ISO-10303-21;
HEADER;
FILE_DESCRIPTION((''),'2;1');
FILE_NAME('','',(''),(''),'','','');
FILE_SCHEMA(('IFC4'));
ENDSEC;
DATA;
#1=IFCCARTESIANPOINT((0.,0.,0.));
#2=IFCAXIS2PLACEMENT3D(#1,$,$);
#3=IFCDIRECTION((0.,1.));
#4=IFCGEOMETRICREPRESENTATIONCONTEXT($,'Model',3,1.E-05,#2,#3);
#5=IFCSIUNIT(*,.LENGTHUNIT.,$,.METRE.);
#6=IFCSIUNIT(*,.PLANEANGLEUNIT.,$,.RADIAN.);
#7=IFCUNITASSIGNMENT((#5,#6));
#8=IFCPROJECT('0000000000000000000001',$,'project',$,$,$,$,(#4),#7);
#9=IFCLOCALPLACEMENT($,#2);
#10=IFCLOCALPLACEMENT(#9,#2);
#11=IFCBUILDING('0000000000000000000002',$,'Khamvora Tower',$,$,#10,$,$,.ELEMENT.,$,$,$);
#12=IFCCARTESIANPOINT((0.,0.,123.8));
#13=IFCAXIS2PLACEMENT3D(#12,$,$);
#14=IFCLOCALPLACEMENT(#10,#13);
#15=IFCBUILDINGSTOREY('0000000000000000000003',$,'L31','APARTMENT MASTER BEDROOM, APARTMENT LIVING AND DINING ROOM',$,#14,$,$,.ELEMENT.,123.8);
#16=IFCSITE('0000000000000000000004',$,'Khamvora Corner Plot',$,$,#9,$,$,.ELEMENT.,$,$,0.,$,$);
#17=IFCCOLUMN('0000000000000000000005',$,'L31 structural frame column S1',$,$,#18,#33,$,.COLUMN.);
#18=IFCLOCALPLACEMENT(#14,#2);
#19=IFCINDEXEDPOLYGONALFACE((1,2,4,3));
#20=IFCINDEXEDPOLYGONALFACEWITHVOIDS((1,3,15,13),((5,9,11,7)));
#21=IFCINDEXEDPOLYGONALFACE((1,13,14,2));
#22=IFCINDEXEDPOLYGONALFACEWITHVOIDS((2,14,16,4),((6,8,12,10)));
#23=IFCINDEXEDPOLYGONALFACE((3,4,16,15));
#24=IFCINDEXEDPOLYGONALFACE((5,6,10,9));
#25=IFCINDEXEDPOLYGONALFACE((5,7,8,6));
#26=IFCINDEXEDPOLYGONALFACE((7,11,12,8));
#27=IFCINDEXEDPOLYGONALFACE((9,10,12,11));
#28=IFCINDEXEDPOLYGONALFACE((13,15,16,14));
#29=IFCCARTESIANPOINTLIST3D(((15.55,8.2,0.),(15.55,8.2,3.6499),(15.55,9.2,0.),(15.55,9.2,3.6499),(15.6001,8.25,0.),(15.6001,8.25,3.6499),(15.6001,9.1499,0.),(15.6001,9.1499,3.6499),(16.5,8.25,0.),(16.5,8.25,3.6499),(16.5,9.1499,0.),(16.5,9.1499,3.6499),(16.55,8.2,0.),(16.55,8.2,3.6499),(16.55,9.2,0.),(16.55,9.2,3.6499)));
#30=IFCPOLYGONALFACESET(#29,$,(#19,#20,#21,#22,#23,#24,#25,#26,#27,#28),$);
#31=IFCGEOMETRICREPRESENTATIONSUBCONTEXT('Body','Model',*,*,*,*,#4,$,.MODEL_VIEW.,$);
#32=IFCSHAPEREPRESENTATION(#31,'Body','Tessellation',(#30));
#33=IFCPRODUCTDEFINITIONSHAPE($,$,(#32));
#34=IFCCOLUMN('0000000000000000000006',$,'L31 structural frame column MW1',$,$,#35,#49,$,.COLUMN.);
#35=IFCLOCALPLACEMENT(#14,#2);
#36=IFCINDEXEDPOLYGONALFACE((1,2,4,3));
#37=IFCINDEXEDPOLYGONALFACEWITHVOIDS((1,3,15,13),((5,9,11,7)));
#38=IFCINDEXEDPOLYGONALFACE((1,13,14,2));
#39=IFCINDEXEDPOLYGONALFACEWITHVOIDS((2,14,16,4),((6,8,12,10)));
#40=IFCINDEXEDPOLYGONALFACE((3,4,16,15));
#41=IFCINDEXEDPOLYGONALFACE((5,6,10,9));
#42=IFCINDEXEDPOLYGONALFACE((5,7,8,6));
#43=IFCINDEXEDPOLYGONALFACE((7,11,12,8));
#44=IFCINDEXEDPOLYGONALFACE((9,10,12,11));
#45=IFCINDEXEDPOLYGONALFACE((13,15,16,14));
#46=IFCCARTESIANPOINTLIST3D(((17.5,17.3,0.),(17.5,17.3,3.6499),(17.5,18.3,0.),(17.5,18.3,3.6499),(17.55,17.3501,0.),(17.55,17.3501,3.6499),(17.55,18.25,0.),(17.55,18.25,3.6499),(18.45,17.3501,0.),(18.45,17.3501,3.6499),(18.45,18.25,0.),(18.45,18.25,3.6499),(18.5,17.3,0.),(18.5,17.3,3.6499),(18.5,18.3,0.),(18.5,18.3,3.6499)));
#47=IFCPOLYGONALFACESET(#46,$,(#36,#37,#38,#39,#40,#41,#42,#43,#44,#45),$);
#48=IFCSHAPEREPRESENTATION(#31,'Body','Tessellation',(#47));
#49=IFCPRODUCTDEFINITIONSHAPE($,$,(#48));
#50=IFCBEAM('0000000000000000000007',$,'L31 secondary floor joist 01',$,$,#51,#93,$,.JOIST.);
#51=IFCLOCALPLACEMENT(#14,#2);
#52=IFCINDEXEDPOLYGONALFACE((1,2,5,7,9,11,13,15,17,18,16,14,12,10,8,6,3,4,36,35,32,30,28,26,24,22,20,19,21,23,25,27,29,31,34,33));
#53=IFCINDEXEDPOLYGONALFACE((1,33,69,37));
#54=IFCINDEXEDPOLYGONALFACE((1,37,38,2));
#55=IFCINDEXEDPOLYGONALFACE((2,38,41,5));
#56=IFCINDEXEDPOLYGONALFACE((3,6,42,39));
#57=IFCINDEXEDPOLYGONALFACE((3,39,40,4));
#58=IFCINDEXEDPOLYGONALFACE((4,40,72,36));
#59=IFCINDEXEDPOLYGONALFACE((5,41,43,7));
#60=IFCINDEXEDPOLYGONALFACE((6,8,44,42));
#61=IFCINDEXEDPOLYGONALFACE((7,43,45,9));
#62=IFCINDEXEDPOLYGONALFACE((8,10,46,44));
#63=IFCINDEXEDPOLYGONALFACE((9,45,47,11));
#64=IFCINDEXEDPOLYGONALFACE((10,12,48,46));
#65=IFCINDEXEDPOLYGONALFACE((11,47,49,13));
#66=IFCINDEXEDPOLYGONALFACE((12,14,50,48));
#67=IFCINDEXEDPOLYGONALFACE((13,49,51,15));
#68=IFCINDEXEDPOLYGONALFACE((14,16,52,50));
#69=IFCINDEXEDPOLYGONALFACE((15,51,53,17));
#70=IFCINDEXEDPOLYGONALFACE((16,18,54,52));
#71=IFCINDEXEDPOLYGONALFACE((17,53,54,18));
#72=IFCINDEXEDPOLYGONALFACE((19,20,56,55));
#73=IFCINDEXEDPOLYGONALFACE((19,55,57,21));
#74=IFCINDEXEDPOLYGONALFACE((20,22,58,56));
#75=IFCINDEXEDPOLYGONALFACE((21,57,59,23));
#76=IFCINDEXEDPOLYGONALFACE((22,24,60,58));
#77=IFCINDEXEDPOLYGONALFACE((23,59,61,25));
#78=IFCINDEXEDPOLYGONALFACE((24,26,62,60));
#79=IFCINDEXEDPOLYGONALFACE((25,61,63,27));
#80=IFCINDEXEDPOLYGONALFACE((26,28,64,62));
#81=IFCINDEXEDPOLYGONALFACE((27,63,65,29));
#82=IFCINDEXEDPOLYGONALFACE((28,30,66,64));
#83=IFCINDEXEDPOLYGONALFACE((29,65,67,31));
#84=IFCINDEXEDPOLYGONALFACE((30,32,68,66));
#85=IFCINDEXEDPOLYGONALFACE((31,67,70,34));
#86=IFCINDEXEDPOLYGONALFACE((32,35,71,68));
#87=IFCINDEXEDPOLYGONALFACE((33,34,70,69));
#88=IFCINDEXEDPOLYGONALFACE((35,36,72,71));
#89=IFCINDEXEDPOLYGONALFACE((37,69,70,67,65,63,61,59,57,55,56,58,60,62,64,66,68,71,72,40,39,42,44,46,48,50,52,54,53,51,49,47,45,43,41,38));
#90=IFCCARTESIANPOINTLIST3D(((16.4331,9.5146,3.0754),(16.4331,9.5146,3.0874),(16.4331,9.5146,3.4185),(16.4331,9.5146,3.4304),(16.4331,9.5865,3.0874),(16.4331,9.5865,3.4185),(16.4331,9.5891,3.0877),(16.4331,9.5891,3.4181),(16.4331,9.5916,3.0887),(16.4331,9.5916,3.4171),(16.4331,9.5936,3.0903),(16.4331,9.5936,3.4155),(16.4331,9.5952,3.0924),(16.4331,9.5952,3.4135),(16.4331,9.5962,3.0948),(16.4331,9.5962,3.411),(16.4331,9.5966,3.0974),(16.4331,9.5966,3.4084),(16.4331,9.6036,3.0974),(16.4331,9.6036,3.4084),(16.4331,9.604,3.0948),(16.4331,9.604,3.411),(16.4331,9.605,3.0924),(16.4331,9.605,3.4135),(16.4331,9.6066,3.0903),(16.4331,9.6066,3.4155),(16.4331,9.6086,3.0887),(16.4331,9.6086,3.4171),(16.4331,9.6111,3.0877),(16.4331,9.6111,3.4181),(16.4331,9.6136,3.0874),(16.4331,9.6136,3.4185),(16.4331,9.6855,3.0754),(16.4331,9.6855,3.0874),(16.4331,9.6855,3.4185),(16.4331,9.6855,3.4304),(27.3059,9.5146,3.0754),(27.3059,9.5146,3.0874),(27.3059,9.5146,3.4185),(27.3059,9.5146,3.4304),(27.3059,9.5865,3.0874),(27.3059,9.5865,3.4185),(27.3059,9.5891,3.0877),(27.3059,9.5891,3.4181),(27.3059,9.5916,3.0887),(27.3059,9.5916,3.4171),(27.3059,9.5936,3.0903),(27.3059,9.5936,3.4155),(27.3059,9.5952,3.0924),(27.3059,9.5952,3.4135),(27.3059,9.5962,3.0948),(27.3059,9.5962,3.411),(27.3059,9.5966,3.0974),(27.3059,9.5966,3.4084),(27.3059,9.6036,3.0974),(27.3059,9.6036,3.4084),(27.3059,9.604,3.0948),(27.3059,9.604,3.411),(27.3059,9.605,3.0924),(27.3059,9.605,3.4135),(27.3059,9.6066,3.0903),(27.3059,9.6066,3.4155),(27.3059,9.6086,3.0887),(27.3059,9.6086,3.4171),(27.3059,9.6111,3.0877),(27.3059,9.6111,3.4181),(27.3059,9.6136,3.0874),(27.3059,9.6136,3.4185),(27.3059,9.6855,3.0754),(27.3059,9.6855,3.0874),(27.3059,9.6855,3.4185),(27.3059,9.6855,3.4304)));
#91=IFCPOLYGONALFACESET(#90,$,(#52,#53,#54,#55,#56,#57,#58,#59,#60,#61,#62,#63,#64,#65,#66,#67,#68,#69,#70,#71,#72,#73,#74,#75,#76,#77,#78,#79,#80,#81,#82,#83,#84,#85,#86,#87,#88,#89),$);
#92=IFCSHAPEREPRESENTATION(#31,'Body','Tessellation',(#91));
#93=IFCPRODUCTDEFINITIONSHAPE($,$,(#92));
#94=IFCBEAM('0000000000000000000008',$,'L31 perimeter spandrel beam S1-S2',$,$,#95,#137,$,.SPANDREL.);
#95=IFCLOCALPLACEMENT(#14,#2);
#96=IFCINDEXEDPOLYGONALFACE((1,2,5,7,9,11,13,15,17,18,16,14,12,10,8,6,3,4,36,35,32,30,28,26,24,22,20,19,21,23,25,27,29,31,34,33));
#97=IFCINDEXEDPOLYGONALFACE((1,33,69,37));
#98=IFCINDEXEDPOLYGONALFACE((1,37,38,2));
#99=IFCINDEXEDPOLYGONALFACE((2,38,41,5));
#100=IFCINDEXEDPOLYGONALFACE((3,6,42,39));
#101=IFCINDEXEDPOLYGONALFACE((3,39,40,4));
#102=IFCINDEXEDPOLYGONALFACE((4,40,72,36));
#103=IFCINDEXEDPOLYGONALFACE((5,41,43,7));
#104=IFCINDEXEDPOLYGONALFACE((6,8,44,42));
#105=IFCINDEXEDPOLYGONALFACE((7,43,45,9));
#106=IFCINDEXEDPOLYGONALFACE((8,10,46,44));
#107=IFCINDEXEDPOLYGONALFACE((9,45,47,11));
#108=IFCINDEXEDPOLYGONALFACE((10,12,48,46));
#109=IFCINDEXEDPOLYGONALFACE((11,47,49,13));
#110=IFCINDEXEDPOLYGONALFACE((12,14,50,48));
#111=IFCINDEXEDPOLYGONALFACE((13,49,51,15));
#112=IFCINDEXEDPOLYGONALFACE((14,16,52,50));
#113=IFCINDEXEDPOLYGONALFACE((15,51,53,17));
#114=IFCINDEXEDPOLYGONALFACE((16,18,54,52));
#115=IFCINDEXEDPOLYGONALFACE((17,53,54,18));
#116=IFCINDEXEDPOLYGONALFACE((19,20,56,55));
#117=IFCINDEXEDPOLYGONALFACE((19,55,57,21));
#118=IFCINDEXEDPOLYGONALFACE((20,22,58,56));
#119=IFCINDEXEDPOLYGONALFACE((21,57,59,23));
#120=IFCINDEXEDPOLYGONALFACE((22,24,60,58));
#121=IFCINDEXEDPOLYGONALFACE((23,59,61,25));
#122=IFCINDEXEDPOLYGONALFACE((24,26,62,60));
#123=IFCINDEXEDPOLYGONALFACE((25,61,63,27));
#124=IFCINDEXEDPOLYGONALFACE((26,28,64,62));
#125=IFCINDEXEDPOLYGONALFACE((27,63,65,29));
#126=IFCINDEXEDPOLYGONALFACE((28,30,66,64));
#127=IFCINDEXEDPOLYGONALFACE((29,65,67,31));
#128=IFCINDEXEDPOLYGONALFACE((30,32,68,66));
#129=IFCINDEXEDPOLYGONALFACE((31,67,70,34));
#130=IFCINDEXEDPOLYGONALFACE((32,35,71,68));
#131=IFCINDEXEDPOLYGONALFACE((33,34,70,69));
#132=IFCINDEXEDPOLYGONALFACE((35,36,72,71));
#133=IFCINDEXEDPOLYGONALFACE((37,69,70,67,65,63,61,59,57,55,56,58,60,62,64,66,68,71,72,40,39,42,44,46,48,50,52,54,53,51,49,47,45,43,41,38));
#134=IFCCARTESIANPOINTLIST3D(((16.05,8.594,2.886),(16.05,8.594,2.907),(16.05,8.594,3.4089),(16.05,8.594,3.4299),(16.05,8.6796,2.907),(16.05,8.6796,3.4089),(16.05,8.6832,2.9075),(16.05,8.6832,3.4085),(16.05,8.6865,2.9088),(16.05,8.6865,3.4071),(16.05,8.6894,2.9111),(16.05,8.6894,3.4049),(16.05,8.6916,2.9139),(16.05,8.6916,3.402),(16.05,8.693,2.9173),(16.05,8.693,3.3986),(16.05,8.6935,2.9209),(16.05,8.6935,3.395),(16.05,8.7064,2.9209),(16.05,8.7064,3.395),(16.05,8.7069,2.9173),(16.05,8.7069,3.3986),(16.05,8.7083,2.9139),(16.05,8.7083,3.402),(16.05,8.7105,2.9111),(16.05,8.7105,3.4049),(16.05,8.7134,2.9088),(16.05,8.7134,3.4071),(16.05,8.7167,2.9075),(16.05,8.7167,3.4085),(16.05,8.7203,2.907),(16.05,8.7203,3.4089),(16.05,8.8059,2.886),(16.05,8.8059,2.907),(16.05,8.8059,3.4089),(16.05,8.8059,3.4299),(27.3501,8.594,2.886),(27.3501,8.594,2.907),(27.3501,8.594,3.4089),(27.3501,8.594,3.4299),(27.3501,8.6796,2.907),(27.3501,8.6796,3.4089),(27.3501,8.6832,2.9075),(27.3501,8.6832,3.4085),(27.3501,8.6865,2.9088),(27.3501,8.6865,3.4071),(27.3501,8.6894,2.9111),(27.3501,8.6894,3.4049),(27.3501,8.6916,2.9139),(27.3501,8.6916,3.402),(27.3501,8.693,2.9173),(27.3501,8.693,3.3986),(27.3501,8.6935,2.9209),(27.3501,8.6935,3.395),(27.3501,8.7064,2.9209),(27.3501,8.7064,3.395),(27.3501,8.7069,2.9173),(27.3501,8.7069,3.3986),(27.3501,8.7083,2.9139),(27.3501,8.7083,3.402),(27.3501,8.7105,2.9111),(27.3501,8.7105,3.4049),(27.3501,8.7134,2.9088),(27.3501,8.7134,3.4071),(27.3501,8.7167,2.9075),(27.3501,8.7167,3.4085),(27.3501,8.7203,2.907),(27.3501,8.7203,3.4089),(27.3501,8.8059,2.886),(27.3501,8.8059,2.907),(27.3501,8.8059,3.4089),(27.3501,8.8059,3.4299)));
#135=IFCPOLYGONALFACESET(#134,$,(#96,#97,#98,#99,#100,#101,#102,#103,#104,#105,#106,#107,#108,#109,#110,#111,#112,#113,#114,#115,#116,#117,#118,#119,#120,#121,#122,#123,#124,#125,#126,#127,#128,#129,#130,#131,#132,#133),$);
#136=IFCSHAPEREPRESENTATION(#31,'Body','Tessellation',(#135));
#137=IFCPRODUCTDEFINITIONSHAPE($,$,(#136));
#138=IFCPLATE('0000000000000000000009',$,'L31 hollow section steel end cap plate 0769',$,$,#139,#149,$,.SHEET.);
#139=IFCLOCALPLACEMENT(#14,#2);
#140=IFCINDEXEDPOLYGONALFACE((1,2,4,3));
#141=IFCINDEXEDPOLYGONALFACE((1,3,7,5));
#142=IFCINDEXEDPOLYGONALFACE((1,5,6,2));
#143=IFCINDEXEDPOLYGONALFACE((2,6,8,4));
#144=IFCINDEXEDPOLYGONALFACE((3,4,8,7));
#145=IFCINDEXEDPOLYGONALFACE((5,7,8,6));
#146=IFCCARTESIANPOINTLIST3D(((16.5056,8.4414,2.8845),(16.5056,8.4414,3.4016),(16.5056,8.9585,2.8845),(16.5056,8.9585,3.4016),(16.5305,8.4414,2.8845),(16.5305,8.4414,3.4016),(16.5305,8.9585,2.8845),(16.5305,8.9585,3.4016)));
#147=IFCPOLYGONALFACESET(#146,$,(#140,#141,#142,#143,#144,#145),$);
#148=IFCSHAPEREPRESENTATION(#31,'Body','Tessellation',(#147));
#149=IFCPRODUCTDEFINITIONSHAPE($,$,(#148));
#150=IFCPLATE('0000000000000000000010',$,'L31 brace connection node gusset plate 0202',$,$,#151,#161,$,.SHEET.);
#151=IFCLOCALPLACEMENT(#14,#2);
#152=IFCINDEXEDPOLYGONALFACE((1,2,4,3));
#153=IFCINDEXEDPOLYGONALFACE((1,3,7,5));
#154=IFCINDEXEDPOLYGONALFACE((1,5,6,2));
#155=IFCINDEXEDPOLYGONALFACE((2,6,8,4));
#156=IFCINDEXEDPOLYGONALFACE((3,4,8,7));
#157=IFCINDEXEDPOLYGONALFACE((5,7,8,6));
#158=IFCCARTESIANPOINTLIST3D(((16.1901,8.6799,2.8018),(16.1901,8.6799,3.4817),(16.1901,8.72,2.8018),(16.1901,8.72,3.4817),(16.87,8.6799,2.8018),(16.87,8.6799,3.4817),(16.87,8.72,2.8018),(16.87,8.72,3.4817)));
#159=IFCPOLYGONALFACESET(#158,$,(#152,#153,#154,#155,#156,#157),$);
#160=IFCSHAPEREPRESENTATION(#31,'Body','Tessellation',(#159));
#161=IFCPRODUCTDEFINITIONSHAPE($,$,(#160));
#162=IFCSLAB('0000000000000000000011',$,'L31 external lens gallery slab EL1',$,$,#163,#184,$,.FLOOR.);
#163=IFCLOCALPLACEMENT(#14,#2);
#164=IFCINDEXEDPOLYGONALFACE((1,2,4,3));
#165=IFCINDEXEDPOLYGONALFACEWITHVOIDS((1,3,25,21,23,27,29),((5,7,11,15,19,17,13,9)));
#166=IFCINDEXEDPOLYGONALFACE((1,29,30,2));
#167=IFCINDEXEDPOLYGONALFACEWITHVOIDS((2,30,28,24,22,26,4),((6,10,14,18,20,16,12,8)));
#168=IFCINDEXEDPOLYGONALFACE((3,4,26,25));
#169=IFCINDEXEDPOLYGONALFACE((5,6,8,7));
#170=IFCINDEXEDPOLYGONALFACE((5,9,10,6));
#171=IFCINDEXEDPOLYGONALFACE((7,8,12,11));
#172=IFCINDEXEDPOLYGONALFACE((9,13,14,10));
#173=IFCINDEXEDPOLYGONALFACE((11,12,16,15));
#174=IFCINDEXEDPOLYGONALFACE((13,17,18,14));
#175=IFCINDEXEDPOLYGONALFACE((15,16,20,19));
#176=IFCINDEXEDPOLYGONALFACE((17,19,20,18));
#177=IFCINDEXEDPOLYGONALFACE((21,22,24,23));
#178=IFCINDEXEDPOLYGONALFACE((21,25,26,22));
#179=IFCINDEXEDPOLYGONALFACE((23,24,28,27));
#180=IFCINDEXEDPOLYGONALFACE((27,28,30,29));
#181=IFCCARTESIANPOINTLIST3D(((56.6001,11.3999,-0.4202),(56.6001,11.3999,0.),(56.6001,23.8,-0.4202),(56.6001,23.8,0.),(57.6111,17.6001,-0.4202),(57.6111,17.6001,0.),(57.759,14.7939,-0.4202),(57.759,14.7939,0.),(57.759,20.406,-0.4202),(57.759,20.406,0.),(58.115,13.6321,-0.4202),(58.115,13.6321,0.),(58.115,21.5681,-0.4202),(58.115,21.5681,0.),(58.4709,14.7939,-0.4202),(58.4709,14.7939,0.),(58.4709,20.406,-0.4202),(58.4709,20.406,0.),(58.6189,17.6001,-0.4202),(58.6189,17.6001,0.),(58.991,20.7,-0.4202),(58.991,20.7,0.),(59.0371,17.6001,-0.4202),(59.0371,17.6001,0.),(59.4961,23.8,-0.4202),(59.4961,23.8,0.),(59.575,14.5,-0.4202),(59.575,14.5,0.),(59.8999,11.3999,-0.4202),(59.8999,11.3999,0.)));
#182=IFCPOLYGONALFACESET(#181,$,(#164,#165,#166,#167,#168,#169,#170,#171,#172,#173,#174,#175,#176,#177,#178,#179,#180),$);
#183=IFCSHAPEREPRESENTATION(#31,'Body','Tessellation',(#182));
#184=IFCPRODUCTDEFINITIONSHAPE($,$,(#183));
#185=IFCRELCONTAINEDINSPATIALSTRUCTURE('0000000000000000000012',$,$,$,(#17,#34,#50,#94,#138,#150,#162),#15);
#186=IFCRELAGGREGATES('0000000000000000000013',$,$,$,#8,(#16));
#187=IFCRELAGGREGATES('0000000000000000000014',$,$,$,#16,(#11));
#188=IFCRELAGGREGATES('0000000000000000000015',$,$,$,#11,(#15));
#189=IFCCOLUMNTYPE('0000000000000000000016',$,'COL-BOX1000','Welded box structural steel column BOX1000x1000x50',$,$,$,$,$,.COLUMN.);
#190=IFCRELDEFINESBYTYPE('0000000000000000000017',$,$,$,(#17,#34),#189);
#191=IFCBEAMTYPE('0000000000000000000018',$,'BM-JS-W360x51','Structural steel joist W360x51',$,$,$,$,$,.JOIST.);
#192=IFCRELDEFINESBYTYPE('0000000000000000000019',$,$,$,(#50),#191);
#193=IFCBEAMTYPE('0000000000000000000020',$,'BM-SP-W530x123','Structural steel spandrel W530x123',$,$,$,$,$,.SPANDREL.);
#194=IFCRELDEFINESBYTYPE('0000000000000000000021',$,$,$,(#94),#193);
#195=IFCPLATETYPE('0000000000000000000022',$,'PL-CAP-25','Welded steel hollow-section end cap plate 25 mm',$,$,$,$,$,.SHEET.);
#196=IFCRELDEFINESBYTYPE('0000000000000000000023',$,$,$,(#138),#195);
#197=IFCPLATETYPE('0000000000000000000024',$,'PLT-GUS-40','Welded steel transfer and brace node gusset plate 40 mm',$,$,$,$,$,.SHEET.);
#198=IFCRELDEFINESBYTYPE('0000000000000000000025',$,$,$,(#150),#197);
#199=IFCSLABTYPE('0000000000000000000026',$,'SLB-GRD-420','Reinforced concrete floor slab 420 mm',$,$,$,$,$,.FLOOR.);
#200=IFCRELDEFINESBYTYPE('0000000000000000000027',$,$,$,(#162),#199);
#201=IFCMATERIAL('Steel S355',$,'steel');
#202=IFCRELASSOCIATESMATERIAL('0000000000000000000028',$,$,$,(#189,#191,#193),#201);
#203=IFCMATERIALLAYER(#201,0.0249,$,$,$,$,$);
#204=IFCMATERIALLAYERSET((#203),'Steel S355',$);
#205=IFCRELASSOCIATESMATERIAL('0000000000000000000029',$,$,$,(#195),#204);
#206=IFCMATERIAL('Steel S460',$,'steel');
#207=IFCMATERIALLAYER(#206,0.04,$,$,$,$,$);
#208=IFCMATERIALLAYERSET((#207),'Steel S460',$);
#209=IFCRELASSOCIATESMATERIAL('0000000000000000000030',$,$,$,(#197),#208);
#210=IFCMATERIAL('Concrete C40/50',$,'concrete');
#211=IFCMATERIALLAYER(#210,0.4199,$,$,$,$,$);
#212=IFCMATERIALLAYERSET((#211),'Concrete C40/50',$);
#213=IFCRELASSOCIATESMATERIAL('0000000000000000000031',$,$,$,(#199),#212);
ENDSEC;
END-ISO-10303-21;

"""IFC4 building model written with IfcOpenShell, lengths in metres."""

from ifc_helpers import new_model, si_unit, direction, frame, origin, origin_2d, place, context, subcontext, project, spatial, polyline, rectangle, hollow_rectangle, i_section, outline, extrude, material, layer, layer_set, material_profile, profile_set, type_object, element, save


model = new_model("IFC4")

# Units and contexts
model_context = context("Model", 3, precision=1e-05, world=origin(), true_north=direction((0.0, 1.0)))
body_context = subcontext(model_context, "Body", "Model", "MODEL_VIEW")
ifc_project = project(units=[si_unit("LENGTHUNIT", "METRE"), si_unit("PLANEANGLEUNIT", "RADIAN")], contexts=[model_context])

# Site, building, storey
site_placement = place(None, origin())
site = spatial("IfcSite", under=ifc_project, at=site_placement, Name="Khamvora Corner Plot", CompositionType="ELEMENT", RefElevation=0.0)
building_placement = place(site_placement, origin())
building = spatial("IfcBuilding", under=site, at=building_placement, Name="Khamvora Tower", CompositionType="ELEMENT")
storey_placement = place(building_placement, frame((0.0, 0.0, 123.8)))
storey = spatial("IfcBuildingStorey", under=building, at=storey_placement, Name="L31", Description="APARTMENT MASTER BEDROOM, APARTMENT LIVING AND DINING ROOM", CompositionType="ELEMENT", Elevation=123.8)

# Columns
ifc_material_1 = material(Name="Steel S355", Category="steel")
ifc_material_profile_1 = material_profile(ifc_material_1, hollow_rectangle(XDim=1.0, YDim=1.0, WallThickness=0.05, at=origin_2d()), Name="BOX1000x1000x50")
ifc_profile_set_1 = profile_set([ifc_material_profile_1], Name="Steel S355")
column_type = type_object("IfcColumnType", Name="COL-BOX1000", Description="Welded box structural steel column BOX1000x1000x50", PredefinedType="COLUMN", material=ifc_profile_set_1)
for number, where, z_axis, x_axis, name in (
    (1, (16.05, 8.7, 0.0), (0.0, 0.0, 1.0), (1.0, 0.0, 0.0), "L31 structural frame column S1"),
    (2, (18.0, 17.8, 0.0), (0.0, 0.0, 1.0), (1.0, 0.0, 0.0), "L31 structural frame column MW1"),
):
    element("IfcColumn", number, at=place(storey_placement, frame(where, z_axis=z_axis, x_axis=x_axis)), inside=storey, type_object=column_type, Name=name, PredefinedType="COLUMN", context=body_context, shape_type="SweptSolid", body=[
        extrude(hollow_rectangle(XDim=1.0, YDim=1.0, WallThickness=0.05, at=origin_2d()), origin(), (0.0, 0.0, 1.0), 3.6499),
    ])

# Beams
ifc_material_profile_2 = material_profile(ifc_material_1, i_section(OverallWidth=0.1709, OverallDepth=0.355, WebThickness=0.0071, FlangeThickness=0.012, FilletRadius=0.01, at=origin_2d()), Name="W360x51")
ifc_profile_set_2 = profile_set([ifc_material_profile_2], Name="Steel S355")
beam_type_1 = type_object("IfcBeamType", Name="BM-JS-W360x51", Description="Structural steel joist W360x51", PredefinedType="JOIST", material=ifc_profile_set_2)
beam_1_placement = place(storey_placement, frame((16.4331, 9.6001, 3.2529), z_axis=(1.0, 0.0, 0.0), x_axis=(0.0, 1.0, 0.0)))
element("IfcBeam", 3, at=beam_1_placement, inside=storey, type_object=beam_type_1, Name="L31 secondary floor joist 01", PredefinedType="JOIST", context=body_context, shape_type="SweptSolid", body=[
    extrude(i_section(OverallWidth=0.1709, OverallDepth=0.355, WebThickness=0.0071, FlangeThickness=0.012, FilletRadius=0.01, at=origin_2d()), origin(), (0.0, 0.0, 1.0), 10.8728),
])
ifc_material_profile_3 = material_profile(ifc_material_1, i_section(OverallWidth=0.2119, OverallDepth=0.5439, WebThickness=0.0129, FlangeThickness=0.021, FilletRadius=0.0139, at=origin_2d()), Name="W530x123")
ifc_profile_set_3 = profile_set([ifc_material_profile_3], Name="Steel S355")
beam_type_2 = type_object("IfcBeamType", Name="BM-SP-W530x123", Description="Structural steel spandrel W530x123", PredefinedType="SPANDREL", material=ifc_profile_set_3)
beam_2_placement = place(storey_placement, frame((16.05, 8.7, 3.158), z_axis=(1.0, 0.0, 0.0), x_axis=(0.0, 1.0, 0.0)))
element("IfcBeam", 4, at=beam_2_placement, inside=storey, type_object=beam_type_2, Name="L31 perimeter spandrel beam S1-S2", PredefinedType="SPANDREL", context=body_context, shape_type="SweptSolid", body=[
    extrude(i_section(OverallWidth=0.2119, OverallDepth=0.5439, WebThickness=0.0129, FlangeThickness=0.021, FilletRadius=0.0139, at=origin_2d()), origin(), (0.0, 0.0, 1.0), 11.3),
])

# Plates
ifc_layer_1 = layer(ifc_material_1, 0.0249)
ifc_layer_set_1 = layer_set([ifc_layer_1], Name="Steel S355")
plate_type_1 = type_object("IfcPlateType", Name="PL-CAP-25", Description="Welded steel hollow-section end cap plate 25 mm", PredefinedType="SHEET", material=ifc_layer_set_1)
plate_1_placement = place(storey_placement, frame((16.5181, 8.7, 2.8845), z_axis=(0.0, 0.0, 1.0), x_axis=(-1.0, 0.0, 0.0)))
element("IfcPlate", 5, at=plate_1_placement, inside=storey, type_object=plate_type_1, Name="L31 hollow section steel end cap plate 0769", PredefinedType="SHEET", context=body_context, shape_type="SweptSolid", body=[
    extrude(rectangle(XDim=0.0249, YDim=0.5171, at=origin_2d()), origin(), (0.0, 0.0, 1.0), 0.5171),
])
ifc_material_2 = material(Name="Steel S460", Category="steel")
ifc_layer_2 = layer(ifc_material_2, 0.04)
ifc_layer_set_2 = layer_set([ifc_layer_2], Name="Steel S460")
plate_type_2 = type_object("IfcPlateType", Name="PLT-GUS-40", Description="Welded steel transfer and brace node gusset plate 40 mm", PredefinedType="SHEET", material=ifc_layer_set_2)
plate_2_placement = place(storey_placement, frame((16.53, 8.7, 2.8018), z_axis=(0.0, 0.0, 1.0), x_axis=(1.0, 0.0, 0.0)))
element("IfcPlate", 6, at=plate_2_placement, inside=storey, type_object=plate_type_2, Name="L31 brace connection node gusset plate 0202", PredefinedType="SHEET", context=body_context, shape_type="SweptSolid", body=[
    extrude(rectangle(XDim=0.6799, YDim=0.04, at=origin_2d()), origin(), (0.0, 0.0, 1.0), 0.6799),
])

# Slab
ifc_material_3 = material(Name="Concrete C40/50", Category="concrete")
ifc_layer_3 = layer(ifc_material_3, 0.4199)
ifc_layer_set_3 = layer_set([ifc_layer_3], Name="Concrete C40/50")
slab_type_1 = type_object("IfcSlabType", Name="SLB-GRD-420", Description="Reinforced concrete floor slab 420 mm", PredefinedType="FLOOR", material=ifc_layer_set_3)
slab_1_placement = place(storey_placement, frame((0.0, 0.0, -0.4202)))
element("IfcSlab", 7, at=slab_1_placement, inside=storey, type_object=slab_type_1, Name="L31 external lens gallery slab EL1", PredefinedType="FLOOR", context=body_context, shape_type="SweptSolid", body=[
    extrude(outline(polyline([(59.8999, 11.3999), (59.575, 14.5), (59.0371, 17.6001), (58.991, 20.7), (59.4961, 23.8), (56.6001, 23.8), (56.6001, 11.3999), (59.8999, 11.3999)]), holes=[polyline([(58.6189, 17.6001), (58.4709, 20.406), (58.115, 21.5681), (57.759, 20.406), (57.6111, 17.6001), (57.759, 14.7939), (58.115, 13.6321), (58.4709, 14.7939), (58.6189, 17.6001)])]), origin(), (0.0, 0.0, 1.0), 0.4202),
])

save(model, "model.ifc")
